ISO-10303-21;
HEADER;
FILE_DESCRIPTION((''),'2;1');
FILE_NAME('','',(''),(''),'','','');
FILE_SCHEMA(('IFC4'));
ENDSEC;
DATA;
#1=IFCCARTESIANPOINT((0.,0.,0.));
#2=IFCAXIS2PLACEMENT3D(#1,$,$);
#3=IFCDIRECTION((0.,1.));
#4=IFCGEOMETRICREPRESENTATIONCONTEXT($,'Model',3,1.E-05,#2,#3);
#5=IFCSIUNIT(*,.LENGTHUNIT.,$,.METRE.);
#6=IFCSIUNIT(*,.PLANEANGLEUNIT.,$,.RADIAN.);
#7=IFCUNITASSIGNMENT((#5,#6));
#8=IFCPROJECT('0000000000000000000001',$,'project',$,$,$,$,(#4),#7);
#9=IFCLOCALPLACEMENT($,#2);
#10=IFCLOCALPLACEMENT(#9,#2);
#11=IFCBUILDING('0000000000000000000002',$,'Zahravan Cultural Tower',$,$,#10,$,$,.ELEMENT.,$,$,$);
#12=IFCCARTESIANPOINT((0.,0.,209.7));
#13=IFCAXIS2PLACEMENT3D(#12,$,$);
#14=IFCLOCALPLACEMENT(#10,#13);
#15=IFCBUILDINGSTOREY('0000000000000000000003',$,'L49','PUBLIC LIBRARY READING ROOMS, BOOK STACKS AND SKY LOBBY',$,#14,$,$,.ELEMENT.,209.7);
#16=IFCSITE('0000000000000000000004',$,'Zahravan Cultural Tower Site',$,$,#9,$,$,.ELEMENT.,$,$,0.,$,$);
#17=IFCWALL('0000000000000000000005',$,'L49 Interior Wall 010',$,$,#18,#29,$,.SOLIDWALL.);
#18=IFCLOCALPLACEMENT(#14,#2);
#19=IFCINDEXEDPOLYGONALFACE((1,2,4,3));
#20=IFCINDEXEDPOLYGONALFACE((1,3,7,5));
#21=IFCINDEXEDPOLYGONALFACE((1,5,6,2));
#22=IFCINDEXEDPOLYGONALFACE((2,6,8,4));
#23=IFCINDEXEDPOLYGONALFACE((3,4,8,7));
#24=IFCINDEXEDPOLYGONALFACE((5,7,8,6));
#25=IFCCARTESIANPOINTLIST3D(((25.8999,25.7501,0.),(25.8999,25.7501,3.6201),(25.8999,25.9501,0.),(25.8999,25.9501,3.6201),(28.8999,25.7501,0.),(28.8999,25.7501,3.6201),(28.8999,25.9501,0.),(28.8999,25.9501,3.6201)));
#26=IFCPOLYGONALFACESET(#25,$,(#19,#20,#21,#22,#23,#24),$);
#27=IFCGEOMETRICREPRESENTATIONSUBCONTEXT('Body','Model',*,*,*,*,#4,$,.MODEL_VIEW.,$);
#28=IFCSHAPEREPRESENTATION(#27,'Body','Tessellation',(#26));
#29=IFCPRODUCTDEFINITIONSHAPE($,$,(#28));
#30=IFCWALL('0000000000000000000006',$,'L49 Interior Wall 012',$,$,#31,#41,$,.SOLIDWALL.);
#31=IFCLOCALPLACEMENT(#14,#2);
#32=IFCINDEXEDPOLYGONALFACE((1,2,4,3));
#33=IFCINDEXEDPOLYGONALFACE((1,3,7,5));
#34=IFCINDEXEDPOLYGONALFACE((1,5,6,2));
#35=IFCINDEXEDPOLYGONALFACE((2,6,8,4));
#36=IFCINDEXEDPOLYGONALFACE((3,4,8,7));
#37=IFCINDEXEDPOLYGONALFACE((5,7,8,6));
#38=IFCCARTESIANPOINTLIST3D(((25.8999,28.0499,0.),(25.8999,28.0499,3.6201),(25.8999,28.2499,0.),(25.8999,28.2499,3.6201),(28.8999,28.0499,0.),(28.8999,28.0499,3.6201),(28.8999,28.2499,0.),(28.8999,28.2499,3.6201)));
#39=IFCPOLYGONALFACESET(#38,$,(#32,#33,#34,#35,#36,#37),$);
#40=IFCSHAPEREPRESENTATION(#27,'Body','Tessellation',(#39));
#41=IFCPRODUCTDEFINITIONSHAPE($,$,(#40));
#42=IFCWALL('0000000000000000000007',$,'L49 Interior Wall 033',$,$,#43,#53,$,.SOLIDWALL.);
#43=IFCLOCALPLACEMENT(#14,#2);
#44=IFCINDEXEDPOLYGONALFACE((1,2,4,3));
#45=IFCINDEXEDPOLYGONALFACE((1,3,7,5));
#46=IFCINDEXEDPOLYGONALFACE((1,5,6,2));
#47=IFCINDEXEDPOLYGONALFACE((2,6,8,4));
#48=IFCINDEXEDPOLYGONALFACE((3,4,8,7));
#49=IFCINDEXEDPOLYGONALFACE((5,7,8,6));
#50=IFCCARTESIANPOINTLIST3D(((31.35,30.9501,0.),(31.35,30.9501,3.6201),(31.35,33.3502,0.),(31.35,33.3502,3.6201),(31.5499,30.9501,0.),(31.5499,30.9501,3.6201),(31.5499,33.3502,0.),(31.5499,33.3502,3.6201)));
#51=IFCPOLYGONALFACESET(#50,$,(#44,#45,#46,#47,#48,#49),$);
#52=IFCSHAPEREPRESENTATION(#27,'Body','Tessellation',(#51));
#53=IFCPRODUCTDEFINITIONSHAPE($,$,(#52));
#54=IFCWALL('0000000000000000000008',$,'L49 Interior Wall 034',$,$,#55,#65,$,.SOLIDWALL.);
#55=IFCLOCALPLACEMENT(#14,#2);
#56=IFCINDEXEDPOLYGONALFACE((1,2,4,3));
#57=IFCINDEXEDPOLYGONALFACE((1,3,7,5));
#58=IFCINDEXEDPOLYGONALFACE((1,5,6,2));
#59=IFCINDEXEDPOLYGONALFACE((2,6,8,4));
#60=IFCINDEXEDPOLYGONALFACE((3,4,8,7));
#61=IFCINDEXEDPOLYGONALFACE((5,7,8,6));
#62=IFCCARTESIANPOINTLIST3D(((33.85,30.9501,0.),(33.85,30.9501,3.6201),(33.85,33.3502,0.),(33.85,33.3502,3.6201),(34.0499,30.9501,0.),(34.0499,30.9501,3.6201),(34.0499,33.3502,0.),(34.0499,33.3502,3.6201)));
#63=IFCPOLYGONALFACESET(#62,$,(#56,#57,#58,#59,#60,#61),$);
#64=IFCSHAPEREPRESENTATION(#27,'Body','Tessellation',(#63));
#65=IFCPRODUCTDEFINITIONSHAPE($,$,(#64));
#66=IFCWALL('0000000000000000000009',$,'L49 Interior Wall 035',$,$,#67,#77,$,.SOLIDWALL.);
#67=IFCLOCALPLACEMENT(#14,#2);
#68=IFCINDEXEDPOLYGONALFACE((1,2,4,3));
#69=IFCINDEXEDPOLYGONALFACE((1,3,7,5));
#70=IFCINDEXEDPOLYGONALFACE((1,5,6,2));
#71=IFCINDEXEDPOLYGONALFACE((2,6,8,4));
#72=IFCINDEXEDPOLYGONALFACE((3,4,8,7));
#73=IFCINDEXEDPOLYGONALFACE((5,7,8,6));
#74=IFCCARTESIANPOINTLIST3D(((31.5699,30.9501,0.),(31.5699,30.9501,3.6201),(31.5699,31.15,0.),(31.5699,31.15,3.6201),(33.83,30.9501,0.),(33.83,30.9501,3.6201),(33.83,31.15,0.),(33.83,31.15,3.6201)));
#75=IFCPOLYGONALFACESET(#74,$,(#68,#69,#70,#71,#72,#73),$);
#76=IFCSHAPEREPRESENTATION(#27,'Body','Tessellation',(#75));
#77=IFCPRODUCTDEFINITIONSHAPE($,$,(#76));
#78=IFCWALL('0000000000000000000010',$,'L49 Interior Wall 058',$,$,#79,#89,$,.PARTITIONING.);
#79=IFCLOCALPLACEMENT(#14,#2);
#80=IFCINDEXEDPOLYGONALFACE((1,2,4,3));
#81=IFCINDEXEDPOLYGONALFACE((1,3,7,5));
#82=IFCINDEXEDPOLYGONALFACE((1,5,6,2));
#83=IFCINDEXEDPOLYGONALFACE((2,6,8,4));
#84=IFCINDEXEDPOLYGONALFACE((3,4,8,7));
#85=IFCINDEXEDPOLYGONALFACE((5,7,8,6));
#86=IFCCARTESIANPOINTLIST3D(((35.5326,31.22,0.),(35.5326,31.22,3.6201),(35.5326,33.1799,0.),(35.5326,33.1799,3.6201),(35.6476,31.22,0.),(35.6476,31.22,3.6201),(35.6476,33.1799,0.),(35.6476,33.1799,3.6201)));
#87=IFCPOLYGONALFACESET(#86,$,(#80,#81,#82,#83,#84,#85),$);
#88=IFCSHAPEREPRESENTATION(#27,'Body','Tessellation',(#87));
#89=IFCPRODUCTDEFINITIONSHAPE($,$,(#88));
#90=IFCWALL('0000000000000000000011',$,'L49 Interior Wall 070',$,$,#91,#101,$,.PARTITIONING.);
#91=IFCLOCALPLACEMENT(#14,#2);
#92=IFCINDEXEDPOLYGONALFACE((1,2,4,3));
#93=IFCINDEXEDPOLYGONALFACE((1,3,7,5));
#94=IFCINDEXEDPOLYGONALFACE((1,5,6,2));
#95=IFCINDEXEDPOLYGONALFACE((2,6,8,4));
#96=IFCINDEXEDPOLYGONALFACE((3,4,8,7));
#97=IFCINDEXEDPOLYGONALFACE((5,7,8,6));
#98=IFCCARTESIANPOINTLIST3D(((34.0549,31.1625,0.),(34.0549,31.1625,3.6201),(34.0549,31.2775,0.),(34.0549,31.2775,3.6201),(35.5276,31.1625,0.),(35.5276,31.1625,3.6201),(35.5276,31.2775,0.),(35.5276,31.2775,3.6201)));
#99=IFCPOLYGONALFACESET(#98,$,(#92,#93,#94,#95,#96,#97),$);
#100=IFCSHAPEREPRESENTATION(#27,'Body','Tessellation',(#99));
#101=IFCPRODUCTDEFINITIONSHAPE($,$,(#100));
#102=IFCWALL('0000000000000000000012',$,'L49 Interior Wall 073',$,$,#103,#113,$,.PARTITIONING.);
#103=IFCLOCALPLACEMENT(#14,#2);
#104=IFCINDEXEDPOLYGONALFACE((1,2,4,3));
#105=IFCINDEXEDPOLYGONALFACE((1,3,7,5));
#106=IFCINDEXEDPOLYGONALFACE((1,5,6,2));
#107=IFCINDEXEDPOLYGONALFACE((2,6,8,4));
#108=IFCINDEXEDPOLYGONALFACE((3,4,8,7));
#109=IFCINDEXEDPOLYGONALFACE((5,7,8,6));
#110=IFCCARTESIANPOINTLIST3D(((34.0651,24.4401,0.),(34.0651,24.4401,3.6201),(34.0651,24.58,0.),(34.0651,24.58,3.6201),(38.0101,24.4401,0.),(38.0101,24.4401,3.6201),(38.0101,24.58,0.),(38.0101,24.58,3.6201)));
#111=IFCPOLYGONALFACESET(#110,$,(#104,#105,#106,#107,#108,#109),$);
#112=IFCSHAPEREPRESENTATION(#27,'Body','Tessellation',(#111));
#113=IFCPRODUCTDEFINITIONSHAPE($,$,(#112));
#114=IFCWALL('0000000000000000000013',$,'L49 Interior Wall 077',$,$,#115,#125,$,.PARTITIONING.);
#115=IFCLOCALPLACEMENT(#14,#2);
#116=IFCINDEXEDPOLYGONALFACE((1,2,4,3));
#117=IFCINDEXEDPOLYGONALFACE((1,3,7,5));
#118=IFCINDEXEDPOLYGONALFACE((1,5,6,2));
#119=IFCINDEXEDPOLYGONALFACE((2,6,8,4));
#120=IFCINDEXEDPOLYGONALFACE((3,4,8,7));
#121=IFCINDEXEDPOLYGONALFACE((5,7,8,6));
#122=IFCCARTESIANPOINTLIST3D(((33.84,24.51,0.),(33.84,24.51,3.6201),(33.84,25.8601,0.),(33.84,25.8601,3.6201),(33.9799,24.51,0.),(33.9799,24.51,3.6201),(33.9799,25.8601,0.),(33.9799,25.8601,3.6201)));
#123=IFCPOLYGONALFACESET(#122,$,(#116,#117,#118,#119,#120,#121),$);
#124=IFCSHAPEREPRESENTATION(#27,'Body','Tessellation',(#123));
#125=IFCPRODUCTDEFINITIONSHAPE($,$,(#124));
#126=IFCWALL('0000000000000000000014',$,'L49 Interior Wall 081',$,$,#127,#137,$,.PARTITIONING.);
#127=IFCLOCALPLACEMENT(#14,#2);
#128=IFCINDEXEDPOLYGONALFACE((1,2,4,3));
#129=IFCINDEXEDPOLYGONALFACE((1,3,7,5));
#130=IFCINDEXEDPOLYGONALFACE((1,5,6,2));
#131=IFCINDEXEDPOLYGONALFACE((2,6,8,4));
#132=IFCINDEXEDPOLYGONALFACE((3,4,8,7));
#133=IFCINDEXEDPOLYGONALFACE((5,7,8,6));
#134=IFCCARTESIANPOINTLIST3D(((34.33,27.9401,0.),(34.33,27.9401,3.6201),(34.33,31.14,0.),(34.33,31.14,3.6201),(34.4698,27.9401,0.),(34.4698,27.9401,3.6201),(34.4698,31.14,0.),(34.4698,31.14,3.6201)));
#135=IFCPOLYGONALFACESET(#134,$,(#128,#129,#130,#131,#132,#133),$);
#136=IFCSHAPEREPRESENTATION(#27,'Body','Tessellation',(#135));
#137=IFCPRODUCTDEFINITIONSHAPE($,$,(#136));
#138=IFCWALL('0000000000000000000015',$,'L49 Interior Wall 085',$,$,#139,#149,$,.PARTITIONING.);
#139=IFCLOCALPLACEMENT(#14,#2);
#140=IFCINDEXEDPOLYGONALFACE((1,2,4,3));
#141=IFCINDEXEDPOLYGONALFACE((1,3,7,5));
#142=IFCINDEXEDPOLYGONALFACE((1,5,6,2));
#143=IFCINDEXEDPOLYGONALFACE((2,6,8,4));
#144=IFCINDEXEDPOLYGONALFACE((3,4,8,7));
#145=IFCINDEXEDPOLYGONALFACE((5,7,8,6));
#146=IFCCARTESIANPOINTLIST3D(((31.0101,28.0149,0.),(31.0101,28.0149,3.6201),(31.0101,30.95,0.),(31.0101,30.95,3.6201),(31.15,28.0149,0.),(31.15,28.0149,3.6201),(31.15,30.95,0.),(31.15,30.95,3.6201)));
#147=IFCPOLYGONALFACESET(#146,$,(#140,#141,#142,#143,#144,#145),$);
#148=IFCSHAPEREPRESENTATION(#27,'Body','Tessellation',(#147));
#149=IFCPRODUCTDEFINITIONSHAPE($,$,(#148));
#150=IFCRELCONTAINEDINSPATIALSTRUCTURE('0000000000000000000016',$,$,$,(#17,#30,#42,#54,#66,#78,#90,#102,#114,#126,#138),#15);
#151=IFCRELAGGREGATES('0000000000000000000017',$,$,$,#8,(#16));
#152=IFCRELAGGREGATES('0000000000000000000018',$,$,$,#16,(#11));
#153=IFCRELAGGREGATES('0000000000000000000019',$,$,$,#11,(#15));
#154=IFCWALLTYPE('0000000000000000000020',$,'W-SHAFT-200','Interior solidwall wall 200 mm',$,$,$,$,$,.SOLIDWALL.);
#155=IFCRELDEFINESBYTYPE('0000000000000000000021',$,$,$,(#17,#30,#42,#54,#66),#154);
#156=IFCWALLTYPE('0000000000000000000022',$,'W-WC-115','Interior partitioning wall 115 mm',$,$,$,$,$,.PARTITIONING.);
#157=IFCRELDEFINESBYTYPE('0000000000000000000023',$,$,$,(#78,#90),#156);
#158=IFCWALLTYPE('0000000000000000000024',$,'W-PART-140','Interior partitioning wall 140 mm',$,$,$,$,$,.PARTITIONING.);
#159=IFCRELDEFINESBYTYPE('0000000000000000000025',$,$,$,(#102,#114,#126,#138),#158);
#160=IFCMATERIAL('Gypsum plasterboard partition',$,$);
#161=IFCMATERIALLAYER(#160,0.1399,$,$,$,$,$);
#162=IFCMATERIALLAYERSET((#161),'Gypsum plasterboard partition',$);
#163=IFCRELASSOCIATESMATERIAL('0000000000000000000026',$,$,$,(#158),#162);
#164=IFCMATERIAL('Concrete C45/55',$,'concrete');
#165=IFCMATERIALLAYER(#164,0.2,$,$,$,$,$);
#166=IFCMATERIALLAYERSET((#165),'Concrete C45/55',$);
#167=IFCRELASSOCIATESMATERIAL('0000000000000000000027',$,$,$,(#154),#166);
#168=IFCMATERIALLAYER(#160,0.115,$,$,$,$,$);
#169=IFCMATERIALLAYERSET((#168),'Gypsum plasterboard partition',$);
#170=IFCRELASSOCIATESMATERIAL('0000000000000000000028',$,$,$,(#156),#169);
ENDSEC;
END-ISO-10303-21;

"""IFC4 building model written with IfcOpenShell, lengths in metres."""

from ifc_helpers import new_model, si_unit, direction, frame, frame_2d, origin, place, context, subcontext, project, spatial, rectangle, extrude, source, transform, mapped, material, layer, layer_set, type_object, element, save


model = new_model("IFC4")

# Units and contexts
model_context = context("Model", 3, precision=1e-05, world=origin(), true_north=direction((0.0, 1.0)))
body_context = subcontext(model_context, "Body", "Model", "MODEL_VIEW")
ifc_project = project(units=[si_unit("LENGTHUNIT", "METRE"), si_unit("PLANEANGLEUNIT", "RADIAN")], contexts=[model_context])

# Site, building, storey
site_placement = place(None, origin())
site = spatial("IfcSite", under=ifc_project, at=site_placement, Name="Zahravan Cultural Tower Site", CompositionType="ELEMENT", RefElevation=0.0)
building_placement = place(site_placement, origin())
building = spatial("IfcBuilding", under=site, at=building_placement, Name="Zahravan Cultural Tower", CompositionType="ELEMENT")
storey_placement = place(building_placement, frame((0.0, 0.0, 209.7)))
storey = spatial("IfcBuildingStorey", under=building, at=storey_placement, Name="L49", Description="PUBLIC LIBRARY READING ROOMS, BOOK STACKS AND SKY LOBBY", CompositionType="ELEMENT", Elevation=209.7)

# Shared definitions
ifc_material_1 = material(Name="Gypsum plasterboard partition")
ifc_layer_1 = layer(ifc_material_1, 0.1399)
ifc_layer_set_1 = layer_set([ifc_layer_1], Name="Gypsum plasterboard partition")
wall_type_1 = type_object("IfcWallType", Name="W-PART-140", Description="Interior partitioning wall 140 mm", PredefinedType="PARTITIONING", material=ifc_layer_set_1)
ifc_material_2 = material(Name="Concrete C45/55", Category="concrete")
ifc_layer_2 = layer(ifc_material_2, 0.2)
ifc_layer_set_2 = layer_set([ifc_layer_2], Name="Concrete C45/55")
wall_type_2 = type_object("IfcWallType", Name="W-SHAFT-200", Description="Interior solidwall wall 200 mm", PredefinedType="SOLIDWALL", material=ifc_layer_set_2)

# Walls
shared_shape_1 = source(origin(), body_context, "Body", "SweptSolid", [
    extrude(rectangle(XDim=3.0, YDim=0.2, at=frame_2d((1.5, 0.0))), origin(), (0.0, 0.0, 1.0), 3.6201),
])
for number, where, z_axis, x_axis, name in (
    (1, (25.8999, 25.8501, 0.0), (0.0, 0.0, 1.0), (1.0, 0.0, 0.0), "L49 Interior Wall 010"),
    (2, (25.8999, 28.1499, 0.0), (0.0, 0.0, 1.0), (1.0, 0.0, 0.0), "L49 Interior Wall 012"),
):
    element("IfcWall", number, at=place(storey_placement, frame(where, z_axis=z_axis, x_axis=x_axis)), inside=storey, type_object=wall_type_2, Name=name, PredefinedType="SOLIDWALL", context=body_context, shape_type="MappedRepresentation", body=[
        mapped(shared_shape_1, transform((0.0, 0.0, 0.0), x_axis=(1.0, 0.0, 0.0), y_axis=(0.0, 1.0, 0.0), z_axis=(0.0, 0.0, 1.0), scale=1.0)),
    ])
shared_shape_2 = source(origin(), body_context, "Body", "SweptSolid", [
    extrude(rectangle(XDim=2.4001, YDim=0.2, at=frame_2d((1.2002, 0.0))), origin(), (0.0, 0.0, 1.0), 3.6201),
])
for number, where, z_axis, x_axis, name in (
    (3, (31.45, 30.95, 0.0), (0.0, 0.0, 1.0), (0.0, 1.0, 0.0), "L49 Interior Wall 033"),
    (4, (33.95, 30.95, 0.0), (0.0, 0.0, 1.0), (0.0, 1.0, 0.0), "L49 Interior Wall 034"),
):
    element("IfcWall", number, at=place(storey_placement, frame(where, z_axis=z_axis, x_axis=x_axis)), inside=storey, type_object=wall_type_2, Name=name, PredefinedType="SOLIDWALL", context=body_context, shape_type="MappedRepresentation", body=[
        mapped(shared_shape_2, transform((0.0, 0.0, 0.0), x_axis=(1.0, 0.0, 0.0), y_axis=(0.0, 1.0, 0.0), z_axis=(0.0, 0.0, 1.0), scale=1.0)),
    ])
shared_shape_3 = source(origin(), body_context, "Body", "SweptSolid", [
    extrude(rectangle(XDim=2.26, YDim=0.2, at=frame_2d((1.1299, 0.0))), origin(), (0.0, 0.0, 1.0), 3.6201),
])
wall_1_placement = place(storey_placement, frame((31.5701, 31.05, 0.0), z_axis=(0.0, 0.0, 1.0), x_axis=(1.0, 0.0, 0.0)))
element("IfcWall", 5, at=wall_1_placement, inside=storey, type_object=wall_type_2, Name="L49 Interior Wall 035", PredefinedType="SOLIDWALL", context=body_context, shape_type="MappedRepresentation", body=[
    mapped(shared_shape_3, transform((0.0, 0.0, 0.0), x_axis=(1.0, 0.0, 0.0), y_axis=(0.0, 1.0, 0.0), z_axis=(0.0, 0.0, 1.0), scale=1.0)),
])
ifc_layer_3 = layer(ifc_material_1, 0.115)
ifc_layer_set_3 = layer_set([ifc_layer_3], Name="Gypsum plasterboard partition")
wall_type_3 = type_object("IfcWallType", Name="W-WC-115", Description="Interior partitioning wall 115 mm", PredefinedType="PARTITIONING", material=ifc_layer_set_3)
shared_shape_4 = source(origin(), body_context, "Body", "SweptSolid", [
    extrude(rectangle(XDim=1.96, YDim=0.115, at=frame_2d((0.98, 0.0))), origin(), (0.0, 0.0, 1.0), 3.6201),
])
wall_2_placement = place(storey_placement, frame((35.5901, 31.22, 0.0), z_axis=(0.0, 0.0, 1.0), x_axis=(0.0, 1.0, 0.0)))
element("IfcWall", 6, at=wall_2_placement, inside=storey, type_object=wall_type_3, Name="L49 Interior Wall 058", PredefinedType="PARTITIONING", context=body_context, shape_type="MappedRepresentation", body=[
    mapped(shared_shape_4, transform((0.0, 0.0, 0.0), x_axis=(1.0, 0.0, 0.0), y_axis=(0.0, 1.0, 0.0), z_axis=(0.0, 0.0, 1.0), scale=1.0)),
])
shared_shape_5 = source(origin(), body_context, "Body", "SweptSolid", [
    extrude(rectangle(XDim=1.4727, YDim=0.115, at=frame_2d((0.7363, 0.0))), origin(), (0.0, 0.0, 1.0), 3.6201),
])
wall_3_placement = place(storey_placement, frame((35.5276, 31.22, 0.0), z_axis=(0.0, 0.0, 1.0), x_axis=(-1.0, 0.0, 0.0)))
element("IfcWall", 7, at=wall_3_placement, inside=storey, type_object=wall_type_3, Name="L49 Interior Wall 070", PredefinedType="PARTITIONING", context=body_context, shape_type="MappedRepresentation", body=[
    mapped(shared_shape_5, transform((0.0, 0.0, 0.0), x_axis=(1.0, 0.0, 0.0), y_axis=(0.0, 1.0, 0.0), z_axis=(0.0, 0.0, 1.0), scale=1.0)),
])
shared_shape_6 = source(origin(), body_context, "Body", "SweptSolid", [
    extrude(rectangle(XDim=3.9451, YDim=0.1399, at=frame_2d((1.9727, 0.0))), origin(), (0.0, 0.0, 1.0), 3.6201),
])
wall_4_placement = place(storey_placement, frame((34.0649, 24.51, 0.0), z_axis=(0.0, 0.0, 1.0), x_axis=(1.0, 0.0, 0.0)))
element("IfcWall", 8, at=wall_4_placement, inside=storey, type_object=wall_type_1, Name="L49 Interior Wall 073", PredefinedType="PARTITIONING", context=body_context, shape_type="MappedRepresentation", body=[
    mapped(shared_shape_6, transform((0.0, 0.0, 0.0), x_axis=(1.0, 0.0, 0.0), y_axis=(0.0, 1.0, 0.0), z_axis=(0.0, 0.0, 1.0), scale=1.0)),
])
shared_shape_7 = source(origin(), body_context, "Body", "SweptSolid", [
    extrude(rectangle(XDim=1.3501, YDim=0.1399, at=frame_2d((0.675, 0.0))), origin(), (0.0, 0.0, 1.0), 3.6201),
])
wall_5_placement = place(storey_placement, frame((33.9099, 25.8601, 0.0), z_axis=(0.0, 0.0, 1.0), x_axis=(0.0, -1.0, 0.0)))
element("IfcWall", 9, at=wall_5_placement, inside=storey, type_object=wall_type_1, Name="L49 Interior Wall 077", PredefinedType="PARTITIONING", context=body_context, shape_type="MappedRepresentation", body=[
    mapped(shared_shape_7, transform((0.0, 0.0, 0.0), x_axis=(1.0, 0.0, 0.0), y_axis=(0.0, 1.0, 0.0), z_axis=(0.0, 0.0, 1.0), scale=1.0)),
])
shared_shape_8 = source(origin(), body_context, "Body", "SweptSolid", [
    extrude(rectangle(XDim=3.2, YDim=0.1399, at=frame_2d((1.6001, 0.0))), origin(), (0.0, 0.0, 1.0), 3.6201),
])
wall_6_placement = place(storey_placement, frame((34.3999, 27.9399, 0.0), z_axis=(0.0, 0.0, 1.0), x_axis=(0.0, 1.0, 0.0)))
element("IfcWall", 10, at=wall_6_placement, inside=storey, type_object=wall_type_1, Name="L49 Interior Wall 081", PredefinedType="PARTITIONING", context=body_context, shape_type="MappedRepresentation", body=[
    mapped(shared_shape_8, transform((0.0, 0.0, 0.0), x_axis=(1.0, 0.0, 0.0), y_axis=(0.0, 1.0, 0.0), z_axis=(0.0, 0.0, 1.0), scale=1.0)),
])
shared_shape_9 = source(origin(), body_context, "Body", "SweptSolid", [
    extrude(rectangle(XDim=2.9351, YDim=0.1399, at=frame_2d((1.4675, 0.0))), origin(), (0.0, 0.0, 1.0), 3.6201),
])
wall_7_placement = place(storey_placement, frame((31.0801, 28.0149, 0.0), z_axis=(0.0, 0.0, 1.0), x_axis=(0.0, 1.0, 0.0)))
element("IfcWall", 11, at=wall_7_placement, inside=storey, type_object=wall_type_1, Name="L49 Interior Wall 085", PredefinedType="PARTITIONING", context=body_context, shape_type="MappedRepresentation", body=[
    mapped(shared_shape_9, transform((0.0, 0.0, 0.0), x_axis=(1.0, 0.0, 0.0), y_axis=(0.0, 1.0, 0.0), z_axis=(0.0, 0.0, 1.0), scale=1.0)),
])

save(model, "model.ifc")
